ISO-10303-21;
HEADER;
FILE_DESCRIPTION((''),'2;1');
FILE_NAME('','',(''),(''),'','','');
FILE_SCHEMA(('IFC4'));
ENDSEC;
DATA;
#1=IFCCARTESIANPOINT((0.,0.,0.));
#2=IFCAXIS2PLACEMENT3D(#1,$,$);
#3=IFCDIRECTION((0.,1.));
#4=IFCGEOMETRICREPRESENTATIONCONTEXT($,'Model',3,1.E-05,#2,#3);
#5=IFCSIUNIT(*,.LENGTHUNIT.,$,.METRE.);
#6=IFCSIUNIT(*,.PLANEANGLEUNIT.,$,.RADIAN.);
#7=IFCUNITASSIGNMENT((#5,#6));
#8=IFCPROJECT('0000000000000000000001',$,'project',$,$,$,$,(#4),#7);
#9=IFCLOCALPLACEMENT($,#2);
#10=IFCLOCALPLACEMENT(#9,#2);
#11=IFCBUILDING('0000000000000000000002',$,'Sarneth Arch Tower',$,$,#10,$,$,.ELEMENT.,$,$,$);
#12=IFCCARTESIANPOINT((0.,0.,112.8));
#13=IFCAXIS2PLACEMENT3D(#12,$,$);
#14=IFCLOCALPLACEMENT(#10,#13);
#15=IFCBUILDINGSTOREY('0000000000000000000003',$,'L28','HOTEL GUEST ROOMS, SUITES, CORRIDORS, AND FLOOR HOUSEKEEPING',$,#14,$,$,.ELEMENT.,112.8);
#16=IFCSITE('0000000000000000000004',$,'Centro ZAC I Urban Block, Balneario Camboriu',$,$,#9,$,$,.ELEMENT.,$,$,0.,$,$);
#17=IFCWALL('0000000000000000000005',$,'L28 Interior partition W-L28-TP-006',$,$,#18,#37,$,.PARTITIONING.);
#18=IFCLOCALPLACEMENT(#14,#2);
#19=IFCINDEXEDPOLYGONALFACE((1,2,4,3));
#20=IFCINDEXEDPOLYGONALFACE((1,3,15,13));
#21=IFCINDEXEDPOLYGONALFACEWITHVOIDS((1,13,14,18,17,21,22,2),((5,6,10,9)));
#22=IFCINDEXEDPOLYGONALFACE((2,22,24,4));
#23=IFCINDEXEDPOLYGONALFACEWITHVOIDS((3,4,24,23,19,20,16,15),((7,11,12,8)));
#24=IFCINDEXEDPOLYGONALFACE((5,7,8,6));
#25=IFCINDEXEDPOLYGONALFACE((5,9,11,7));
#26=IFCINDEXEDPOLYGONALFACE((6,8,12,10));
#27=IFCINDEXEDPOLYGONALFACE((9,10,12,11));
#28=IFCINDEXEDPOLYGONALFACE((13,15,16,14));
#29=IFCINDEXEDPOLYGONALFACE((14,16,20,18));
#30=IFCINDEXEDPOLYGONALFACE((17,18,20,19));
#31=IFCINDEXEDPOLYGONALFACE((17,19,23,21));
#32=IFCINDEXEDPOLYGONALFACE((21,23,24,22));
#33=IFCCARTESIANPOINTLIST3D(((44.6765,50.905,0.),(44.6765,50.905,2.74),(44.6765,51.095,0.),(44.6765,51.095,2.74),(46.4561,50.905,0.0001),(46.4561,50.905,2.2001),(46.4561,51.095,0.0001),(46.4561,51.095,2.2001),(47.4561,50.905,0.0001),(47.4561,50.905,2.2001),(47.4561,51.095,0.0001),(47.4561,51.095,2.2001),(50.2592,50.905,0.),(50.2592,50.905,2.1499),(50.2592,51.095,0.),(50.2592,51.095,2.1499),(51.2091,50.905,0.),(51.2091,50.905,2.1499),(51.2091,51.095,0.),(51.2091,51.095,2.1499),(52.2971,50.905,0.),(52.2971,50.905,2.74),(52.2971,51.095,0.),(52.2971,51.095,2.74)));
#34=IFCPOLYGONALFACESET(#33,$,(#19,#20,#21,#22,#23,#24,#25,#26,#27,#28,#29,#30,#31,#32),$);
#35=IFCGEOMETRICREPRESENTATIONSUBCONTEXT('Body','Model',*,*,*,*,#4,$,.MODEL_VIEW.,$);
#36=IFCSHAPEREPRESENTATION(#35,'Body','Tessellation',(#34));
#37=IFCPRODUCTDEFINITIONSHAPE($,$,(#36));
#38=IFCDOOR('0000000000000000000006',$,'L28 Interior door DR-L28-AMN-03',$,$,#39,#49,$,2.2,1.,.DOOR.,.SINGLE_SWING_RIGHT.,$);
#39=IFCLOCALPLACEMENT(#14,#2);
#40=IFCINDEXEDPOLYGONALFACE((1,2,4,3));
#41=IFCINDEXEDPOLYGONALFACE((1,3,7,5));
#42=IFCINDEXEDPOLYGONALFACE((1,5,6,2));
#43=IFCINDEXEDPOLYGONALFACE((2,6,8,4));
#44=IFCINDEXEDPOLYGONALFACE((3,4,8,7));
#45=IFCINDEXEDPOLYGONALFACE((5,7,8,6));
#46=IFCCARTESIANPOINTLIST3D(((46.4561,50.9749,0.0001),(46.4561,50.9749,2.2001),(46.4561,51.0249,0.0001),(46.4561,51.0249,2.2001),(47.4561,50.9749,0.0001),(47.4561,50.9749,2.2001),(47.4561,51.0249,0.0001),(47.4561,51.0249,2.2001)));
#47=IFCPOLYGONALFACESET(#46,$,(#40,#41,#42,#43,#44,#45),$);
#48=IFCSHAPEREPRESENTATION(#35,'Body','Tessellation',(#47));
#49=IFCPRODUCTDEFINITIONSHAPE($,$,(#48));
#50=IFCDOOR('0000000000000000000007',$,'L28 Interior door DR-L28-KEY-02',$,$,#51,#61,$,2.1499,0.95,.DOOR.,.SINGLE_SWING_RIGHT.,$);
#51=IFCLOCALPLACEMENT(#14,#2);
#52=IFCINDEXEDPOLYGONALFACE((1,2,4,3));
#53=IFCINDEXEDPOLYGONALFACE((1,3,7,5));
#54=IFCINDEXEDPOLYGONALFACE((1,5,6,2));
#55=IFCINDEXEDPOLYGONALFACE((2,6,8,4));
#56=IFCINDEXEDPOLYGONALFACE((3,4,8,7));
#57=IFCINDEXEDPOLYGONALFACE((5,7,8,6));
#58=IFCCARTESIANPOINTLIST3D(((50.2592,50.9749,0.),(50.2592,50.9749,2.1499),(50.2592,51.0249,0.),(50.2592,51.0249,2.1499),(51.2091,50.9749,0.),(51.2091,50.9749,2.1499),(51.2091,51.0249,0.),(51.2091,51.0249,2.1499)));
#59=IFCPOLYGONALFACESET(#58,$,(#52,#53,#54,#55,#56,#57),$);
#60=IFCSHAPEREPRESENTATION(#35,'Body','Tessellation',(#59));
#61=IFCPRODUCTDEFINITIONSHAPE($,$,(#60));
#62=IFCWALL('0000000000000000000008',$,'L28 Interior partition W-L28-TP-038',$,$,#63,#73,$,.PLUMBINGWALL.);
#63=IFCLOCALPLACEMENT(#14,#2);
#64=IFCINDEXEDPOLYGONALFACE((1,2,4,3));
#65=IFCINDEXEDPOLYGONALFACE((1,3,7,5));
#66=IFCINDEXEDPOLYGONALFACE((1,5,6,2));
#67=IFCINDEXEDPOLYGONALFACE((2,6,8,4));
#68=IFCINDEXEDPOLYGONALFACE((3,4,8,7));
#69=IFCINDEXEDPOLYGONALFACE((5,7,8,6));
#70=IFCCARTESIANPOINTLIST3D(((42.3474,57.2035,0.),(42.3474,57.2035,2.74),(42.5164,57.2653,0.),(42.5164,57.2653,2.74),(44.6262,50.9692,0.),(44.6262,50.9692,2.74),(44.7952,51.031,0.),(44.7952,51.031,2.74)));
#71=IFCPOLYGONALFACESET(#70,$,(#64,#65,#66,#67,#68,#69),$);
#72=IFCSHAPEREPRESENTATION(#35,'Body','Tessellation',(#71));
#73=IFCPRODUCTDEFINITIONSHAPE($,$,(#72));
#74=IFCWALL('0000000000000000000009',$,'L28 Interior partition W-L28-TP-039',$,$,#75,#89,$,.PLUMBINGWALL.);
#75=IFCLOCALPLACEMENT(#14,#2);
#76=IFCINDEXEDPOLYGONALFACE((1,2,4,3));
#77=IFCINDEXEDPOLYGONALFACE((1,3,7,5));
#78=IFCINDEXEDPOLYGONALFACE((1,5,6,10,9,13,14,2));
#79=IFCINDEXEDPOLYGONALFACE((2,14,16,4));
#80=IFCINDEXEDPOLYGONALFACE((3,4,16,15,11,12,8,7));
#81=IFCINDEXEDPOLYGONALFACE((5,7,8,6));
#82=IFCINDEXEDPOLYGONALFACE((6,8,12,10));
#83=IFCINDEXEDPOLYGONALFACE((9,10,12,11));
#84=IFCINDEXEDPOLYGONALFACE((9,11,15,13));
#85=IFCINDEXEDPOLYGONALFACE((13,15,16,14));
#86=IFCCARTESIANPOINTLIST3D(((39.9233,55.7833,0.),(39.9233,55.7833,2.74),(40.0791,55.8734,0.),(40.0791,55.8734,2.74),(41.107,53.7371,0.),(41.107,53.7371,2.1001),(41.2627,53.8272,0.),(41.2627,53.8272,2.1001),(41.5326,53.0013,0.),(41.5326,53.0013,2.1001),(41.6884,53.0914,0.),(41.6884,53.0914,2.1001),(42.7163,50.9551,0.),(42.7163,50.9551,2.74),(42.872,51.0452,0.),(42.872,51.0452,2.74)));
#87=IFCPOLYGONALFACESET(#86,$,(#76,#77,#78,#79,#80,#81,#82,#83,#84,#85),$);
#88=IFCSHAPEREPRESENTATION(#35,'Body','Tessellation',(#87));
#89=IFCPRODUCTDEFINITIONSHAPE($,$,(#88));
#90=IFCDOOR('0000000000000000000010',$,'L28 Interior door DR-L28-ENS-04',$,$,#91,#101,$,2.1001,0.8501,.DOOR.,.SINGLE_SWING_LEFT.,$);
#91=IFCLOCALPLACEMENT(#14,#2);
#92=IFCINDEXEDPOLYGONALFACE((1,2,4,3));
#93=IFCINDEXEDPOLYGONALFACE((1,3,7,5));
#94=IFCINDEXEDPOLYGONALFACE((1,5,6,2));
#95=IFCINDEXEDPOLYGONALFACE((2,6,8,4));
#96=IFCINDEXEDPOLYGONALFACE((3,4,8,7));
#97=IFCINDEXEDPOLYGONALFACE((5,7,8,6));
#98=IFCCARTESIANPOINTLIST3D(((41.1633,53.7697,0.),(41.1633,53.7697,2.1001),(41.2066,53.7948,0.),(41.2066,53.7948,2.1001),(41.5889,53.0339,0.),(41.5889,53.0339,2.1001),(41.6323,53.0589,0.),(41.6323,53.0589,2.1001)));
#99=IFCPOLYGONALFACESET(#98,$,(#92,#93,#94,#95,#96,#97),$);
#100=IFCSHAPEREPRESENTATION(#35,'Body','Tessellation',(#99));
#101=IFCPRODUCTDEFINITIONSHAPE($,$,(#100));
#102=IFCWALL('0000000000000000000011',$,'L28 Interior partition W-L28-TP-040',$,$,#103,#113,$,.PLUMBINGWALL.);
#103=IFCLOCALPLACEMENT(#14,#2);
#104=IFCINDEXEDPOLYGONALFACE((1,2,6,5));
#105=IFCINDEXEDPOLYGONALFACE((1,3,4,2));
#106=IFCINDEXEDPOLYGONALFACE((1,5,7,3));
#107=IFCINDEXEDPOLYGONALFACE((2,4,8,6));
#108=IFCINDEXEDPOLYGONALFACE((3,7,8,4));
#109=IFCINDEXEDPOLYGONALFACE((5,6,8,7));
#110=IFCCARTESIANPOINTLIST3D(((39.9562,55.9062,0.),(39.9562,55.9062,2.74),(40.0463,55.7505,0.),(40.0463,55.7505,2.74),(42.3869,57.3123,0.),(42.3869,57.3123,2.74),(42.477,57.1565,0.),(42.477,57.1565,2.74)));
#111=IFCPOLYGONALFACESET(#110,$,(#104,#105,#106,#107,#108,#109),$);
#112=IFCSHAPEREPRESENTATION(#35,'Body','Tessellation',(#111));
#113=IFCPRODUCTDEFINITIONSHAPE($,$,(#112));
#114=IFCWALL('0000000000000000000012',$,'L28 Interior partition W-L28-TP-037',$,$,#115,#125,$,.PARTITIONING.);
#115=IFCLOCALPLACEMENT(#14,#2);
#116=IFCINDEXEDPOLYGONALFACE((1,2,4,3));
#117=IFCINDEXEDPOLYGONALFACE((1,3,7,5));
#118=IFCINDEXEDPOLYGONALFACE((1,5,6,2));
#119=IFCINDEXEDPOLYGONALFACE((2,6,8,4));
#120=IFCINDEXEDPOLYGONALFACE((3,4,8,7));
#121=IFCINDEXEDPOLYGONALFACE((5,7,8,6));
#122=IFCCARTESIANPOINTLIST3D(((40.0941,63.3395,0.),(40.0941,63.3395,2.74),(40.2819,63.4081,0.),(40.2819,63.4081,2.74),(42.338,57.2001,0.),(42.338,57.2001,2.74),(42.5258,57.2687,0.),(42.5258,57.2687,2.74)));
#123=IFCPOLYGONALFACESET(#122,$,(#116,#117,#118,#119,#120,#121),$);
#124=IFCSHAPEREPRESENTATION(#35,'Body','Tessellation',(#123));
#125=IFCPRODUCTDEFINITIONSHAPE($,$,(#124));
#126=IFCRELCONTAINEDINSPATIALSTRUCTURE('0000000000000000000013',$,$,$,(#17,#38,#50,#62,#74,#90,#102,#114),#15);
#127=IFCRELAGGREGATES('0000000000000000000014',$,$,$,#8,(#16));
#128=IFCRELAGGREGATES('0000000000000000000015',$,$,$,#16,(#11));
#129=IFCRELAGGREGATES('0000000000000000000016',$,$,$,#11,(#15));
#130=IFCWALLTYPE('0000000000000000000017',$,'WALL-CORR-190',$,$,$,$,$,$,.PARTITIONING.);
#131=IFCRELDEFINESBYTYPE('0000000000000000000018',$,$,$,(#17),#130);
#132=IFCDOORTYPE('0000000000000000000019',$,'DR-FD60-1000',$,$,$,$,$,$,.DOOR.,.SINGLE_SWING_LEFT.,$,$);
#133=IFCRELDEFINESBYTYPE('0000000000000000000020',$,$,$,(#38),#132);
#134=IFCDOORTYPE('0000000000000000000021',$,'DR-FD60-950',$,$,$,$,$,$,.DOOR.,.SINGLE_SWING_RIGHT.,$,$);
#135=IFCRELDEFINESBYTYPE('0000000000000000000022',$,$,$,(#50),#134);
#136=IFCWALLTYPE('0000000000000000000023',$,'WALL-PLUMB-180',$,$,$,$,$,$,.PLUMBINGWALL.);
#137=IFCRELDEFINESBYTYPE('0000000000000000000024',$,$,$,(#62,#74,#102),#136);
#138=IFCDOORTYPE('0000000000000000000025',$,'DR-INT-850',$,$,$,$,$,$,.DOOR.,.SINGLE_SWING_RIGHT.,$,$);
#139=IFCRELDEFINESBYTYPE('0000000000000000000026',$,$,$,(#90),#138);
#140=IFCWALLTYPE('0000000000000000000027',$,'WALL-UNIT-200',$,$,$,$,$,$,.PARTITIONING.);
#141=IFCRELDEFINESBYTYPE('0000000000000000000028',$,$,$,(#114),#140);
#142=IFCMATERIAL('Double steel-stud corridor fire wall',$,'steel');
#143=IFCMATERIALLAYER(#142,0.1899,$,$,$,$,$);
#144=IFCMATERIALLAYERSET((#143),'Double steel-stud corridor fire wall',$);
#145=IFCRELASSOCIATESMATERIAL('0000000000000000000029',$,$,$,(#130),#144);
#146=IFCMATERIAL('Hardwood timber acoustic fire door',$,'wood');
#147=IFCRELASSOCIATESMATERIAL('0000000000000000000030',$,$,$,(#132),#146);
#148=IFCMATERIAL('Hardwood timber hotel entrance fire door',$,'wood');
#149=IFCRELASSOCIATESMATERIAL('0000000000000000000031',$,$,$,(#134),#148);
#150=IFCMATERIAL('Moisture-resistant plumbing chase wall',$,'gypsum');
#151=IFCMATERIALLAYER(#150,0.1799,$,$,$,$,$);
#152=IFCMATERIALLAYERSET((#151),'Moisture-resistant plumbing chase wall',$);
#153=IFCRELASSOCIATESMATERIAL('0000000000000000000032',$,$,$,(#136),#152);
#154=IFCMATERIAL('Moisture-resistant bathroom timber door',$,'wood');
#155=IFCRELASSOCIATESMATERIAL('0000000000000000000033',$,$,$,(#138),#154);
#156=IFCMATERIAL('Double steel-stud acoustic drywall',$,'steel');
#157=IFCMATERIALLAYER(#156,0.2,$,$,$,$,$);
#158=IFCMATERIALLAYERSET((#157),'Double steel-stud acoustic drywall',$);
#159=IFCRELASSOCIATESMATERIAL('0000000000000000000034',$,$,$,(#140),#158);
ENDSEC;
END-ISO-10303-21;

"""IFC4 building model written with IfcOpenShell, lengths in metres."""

from ifc_helpers import new_model, si_unit, direction, frame, frame_2d, origin, place, context, subcontext, project, spatial, rectangle, extrude, material, layer, layer_set, type_object, element, fill, save


model = new_model("IFC4")

# Units and contexts
model_context = context("Model", 3, precision=1e-05, world=origin(), true_north=direction((0.0, 1.0)))
body_context = subcontext(model_context, "Body", "Model", "MODEL_VIEW")
ifc_project = project(units=[si_unit("LENGTHUNIT", "METRE"), si_unit("PLANEANGLEUNIT", "RADIAN")], contexts=[model_context])

# Site, building, storey
site_placement = place(None, origin())
site = spatial("IfcSite", under=ifc_project, at=site_placement, Name="Centro ZAC I Urban Block, Balneario Camboriu", CompositionType="ELEMENT", RefElevation=0.0)
building_placement = place(site_placement, origin())
building = spatial("IfcBuilding", under=site, at=building_placement, Name="Sarneth Arch Tower", CompositionType="ELEMENT")
storey_placement = place(building_placement, frame((0.0, 0.0, 112.8)))
storey = spatial("IfcBuildingStorey", under=building, at=storey_placement, Name="L28", Description="HOTEL GUEST ROOMS, SUITES, CORRIDORS, AND FLOOR HOUSEKEEPING", CompositionType="ELEMENT", Elevation=112.8)

# Wall, openings, doors
ifc_material_1 = material(Name="Double steel-stud corridor fire wall", Category="steel")
ifc_layer_1 = layer(ifc_material_1, 0.1899)
ifc_layer_set_1 = layer_set([ifc_layer_1], Name="Double steel-stud corridor fire wall")
wall_type_1 = type_object("IfcWallType", Name="WALL-CORR-190", PredefinedType="PARTITIONING", material=ifc_layer_set_1)
wall_1_placement = place(storey_placement, frame((44.6765, 51.0, 0.0), z_axis=(0.0, 0.0, 1.0), x_axis=(1.0, 0.0, 0.0)))
wall_1 = element("IfcWall", 1, at=wall_1_placement, inside=storey, type_object=wall_type_1, Name="L28 Interior partition W-L28-TP-006", PredefinedType="PARTITIONING", context=body_context, shape_type="SweptSolid", body=[
    extrude(rectangle(XDim=7.6206, YDim=0.1899, at=frame_2d((3.8103, 0.0))), origin(), (0.0, 0.0, 1.0), 2.74),
])
opening_1_placement = place(wall_1_placement, frame((1.7795, 0.0, 0.0)))
opening_1 = element("IfcOpeningElement", 2, at=opening_1_placement, cuts=wall_1, PredefinedType="OPENING", context=body_context, shape_type="SweptSolid", body=[
    extrude(rectangle(XDim=1.0, YDim=2.2, at=frame_2d((0.5, 1.1001))), frame((0.0, 0.105, 0.0), z_axis=(0.0, -1.0, 0.0), x_axis=(1.0, 0.0, 0.0)), (0.0, 0.0, 1.0), 0.21),
])
opening_2_placement = place(wall_1_placement, frame((5.5825, 0.0, 0.0)))
opening_2 = element("IfcOpeningElement", 3, at=opening_2_placement, cuts=wall_1, PredefinedType="OPENING", context=body_context, shape_type="SweptSolid", body=[
    extrude(rectangle(XDim=0.95, YDim=2.1499, at=frame_2d((0.4751, 1.075))), frame((0.0, 0.105, 0.0), z_axis=(0.0, -1.0, 0.0), x_axis=(1.0, 0.0, 0.0)), (0.0, 0.0, 1.0), 0.21),
])
ifc_material_2 = material(Name="Hardwood timber acoustic fire door", Category="wood")
door_type_1 = type_object("IfcDoorType", Name="DR-FD60-1000", OperationType="SINGLE_SWING_LEFT", PredefinedType="DOOR", material=ifc_material_2)
door_1_placement = place(opening_1_placement, origin())
door_1 = element("IfcDoor", 4, at=door_1_placement, inside=storey, type_object=door_type_1, Name="L28 Interior door DR-L28-AMN-03", OperationType="SINGLE_SWING_RIGHT", OverallHeight=2.2, OverallWidth=1.0, PredefinedType="DOOR", context=body_context, shape_type="SweptSolid", body=[
    extrude(rectangle(XDim=1.0, YDim=2.2, at=frame_2d((0.5, 1.1001))), frame((0.0, 0.0249, 0.0), z_axis=(0.0, -1.0, 0.0), x_axis=(1.0, 0.0, 0.0)), (0.0, 0.0, 1.0), 0.05),
])
fill(opening_1, door_1)
ifc_material_3 = material(Name="Hardwood timber hotel entrance fire door", Category="wood")
door_type_2 = type_object("IfcDoorType", Name="DR-FD60-950", OperationType="SINGLE_SWING_RIGHT", PredefinedType="DOOR", material=ifc_material_3)
door_2_placement = place(opening_2_placement, origin())
door_2 = element("IfcDoor", 5, at=door_2_placement, inside=storey, type_object=door_type_2, Name="L28 Interior door DR-L28-KEY-02", OperationType="SINGLE_SWING_RIGHT", OverallHeight=2.1499, OverallWidth=0.95, PredefinedType="DOOR", context=body_context, shape_type="SweptSolid", body=[
    extrude(rectangle(XDim=0.95, YDim=2.1499, at=frame_2d((0.4751, 1.075))), frame((0.0, 0.0249, 0.0), z_axis=(0.0, -1.0, 0.0), x_axis=(1.0, 0.0, 0.0)), (0.0, 0.0, 1.0), 0.05),
])
fill(opening_2, door_2)

# Wall
ifc_material_4 = material(Name="Moisture-resistant plumbing chase wall", Category="gypsum")
ifc_layer_2 = layer(ifc_material_4, 0.1799)
ifc_layer_set_2 = layer_set([ifc_layer_2], Name="Moisture-resistant plumbing chase wall")
wall_type_2 = type_object("IfcWallType", Name="WALL-PLUMB-180", PredefinedType="PLUMBINGWALL", material=ifc_layer_set_2)
wall_2_placement = place(storey_placement, frame((42.4319, 57.2344, 0.0), z_axis=(0.0, 0.0, 1.0), x_axis=(0.343308, -0.939223, 0.0)))
element("IfcWall", 6, at=wall_2_placement, inside=storey, type_object=wall_type_2, Name="L28 Interior partition W-L28-TP-038", PredefinedType="PLUMBINGWALL", context=body_context, shape_type="SweptSolid", body=[
    extrude(rectangle(XDim=6.6377, YDim=0.1799, at=frame_2d((3.3188, 0.0))), origin(), (0.0, 0.0, 1.0), 2.74),
])

# Wall, opening, door
wall_3_placement = place(storey_placement, frame((42.7942, 51.0, 0.0), z_axis=(0.0, 0.0, 1.0), x_axis=(-0.500714, 0.865613, 0.0)))
wall_3 = element("IfcWall", 7, at=wall_3_placement, inside=storey, type_object=wall_type_2, Name="L28 Interior partition W-L28-TP-039", PredefinedType="PLUMBINGWALL", context=body_context, shape_type="SweptSolid", body=[
    extrude(rectangle(XDim=5.5779, YDim=0.1799, at=frame_2d((2.7891, 0.0))), origin(), (0.0, 0.0, 1.0), 2.74),
])
opening_3_placement = place(wall_3_placement, frame((2.364, 0.0, 0.0)))
opening_3 = element("IfcOpeningElement", 8, at=opening_3_placement, cuts=wall_3, PredefinedType="OPENING", context=body_context, shape_type="SweptSolid", body=[
    extrude(rectangle(XDim=0.8501, YDim=2.1001, at=frame_2d((0.425, 1.05))), frame((0.0, 0.0999, 0.0), z_axis=(0.0, -1.0, 0.0), x_axis=(1.0, 0.0, 0.0)), (0.0, 0.0, 1.0), 0.2),
])
ifc_material_5 = material(Name="Moisture-resistant bathroom timber door", Category="wood")
door_type_3 = type_object("IfcDoorType", Name="DR-INT-850", OperationType="SINGLE_SWING_RIGHT", PredefinedType="DOOR", material=ifc_material_5)
door_3_placement = place(opening_3_placement, origin())
door_3 = element("IfcDoor", 9, at=door_3_placement, inside=storey, type_object=door_type_3, Name="L28 Interior door DR-L28-ENS-04", OperationType="SINGLE_SWING_LEFT", OverallHeight=2.1001, OverallWidth=0.8501, PredefinedType="DOOR", context=body_context, shape_type="SweptSolid", body=[
    extrude(rectangle(XDim=0.8501, YDim=2.1001, at=frame_2d((0.425, 1.05))), frame((0.0, 0.0249, 0.0), z_axis=(0.0, -1.0, 0.0), x_axis=(1.0, 0.0, 0.0)), (0.0, 0.0, 1.0), 0.05),
])
fill(opening_3, door_3)

# Walls
wall_4_placement = place(storey_placement, frame((40.0012, 55.8284, 0.0), z_axis=(0.0, 0.0, 1.0), x_axis=(0.865615, 0.500711, 0.0)))
element("IfcWall", 10, at=wall_4_placement, inside=storey, type_object=wall_type_2, Name="L28 Interior partition W-L28-TP-040", PredefinedType="PLUMBINGWALL", context=body_context, shape_type="SweptSolid", body=[
    extrude(rectangle(XDim=2.8081, YDim=0.1799, at=frame_2d((1.4041, 0.0))), origin(), (0.0, 0.0, 1.0), 2.74),
])
ifc_material_6 = material(Name="Double steel-stud acoustic drywall", Category="steel")
ifc_layer_3 = layer(ifc_material_6, 0.2)
ifc_layer_set_3 = layer_set([ifc_layer_3], Name="Double steel-stud acoustic drywall")
wall_type_3 = type_object("IfcWallType", Name="WALL-UNIT-200", PredefinedType="PARTITIONING", material=ifc_layer_set_3)
wall_5_placement = place(storey_placement, frame((40.188, 63.3738, 0.0), z_axis=(0.0, 0.0, 1.0), x_axis=(0.343281, -0.939233, 0.0)))
element("IfcWall", 11, at=wall_5_placement, inside=storey, type_object=wall_type_3, Name="L28 Interior partition W-L28-TP-037", PredefinedType="PARTITIONING", context=body_context, shape_type="SweptSolid", body=[
    extrude(rectangle(XDim=6.5366, YDim=0.2, at=frame_2d((3.2683, 0.0))), origin(), (0.0, 0.0, 1.0), 2.74),
])

save(model, "model.ifc")
